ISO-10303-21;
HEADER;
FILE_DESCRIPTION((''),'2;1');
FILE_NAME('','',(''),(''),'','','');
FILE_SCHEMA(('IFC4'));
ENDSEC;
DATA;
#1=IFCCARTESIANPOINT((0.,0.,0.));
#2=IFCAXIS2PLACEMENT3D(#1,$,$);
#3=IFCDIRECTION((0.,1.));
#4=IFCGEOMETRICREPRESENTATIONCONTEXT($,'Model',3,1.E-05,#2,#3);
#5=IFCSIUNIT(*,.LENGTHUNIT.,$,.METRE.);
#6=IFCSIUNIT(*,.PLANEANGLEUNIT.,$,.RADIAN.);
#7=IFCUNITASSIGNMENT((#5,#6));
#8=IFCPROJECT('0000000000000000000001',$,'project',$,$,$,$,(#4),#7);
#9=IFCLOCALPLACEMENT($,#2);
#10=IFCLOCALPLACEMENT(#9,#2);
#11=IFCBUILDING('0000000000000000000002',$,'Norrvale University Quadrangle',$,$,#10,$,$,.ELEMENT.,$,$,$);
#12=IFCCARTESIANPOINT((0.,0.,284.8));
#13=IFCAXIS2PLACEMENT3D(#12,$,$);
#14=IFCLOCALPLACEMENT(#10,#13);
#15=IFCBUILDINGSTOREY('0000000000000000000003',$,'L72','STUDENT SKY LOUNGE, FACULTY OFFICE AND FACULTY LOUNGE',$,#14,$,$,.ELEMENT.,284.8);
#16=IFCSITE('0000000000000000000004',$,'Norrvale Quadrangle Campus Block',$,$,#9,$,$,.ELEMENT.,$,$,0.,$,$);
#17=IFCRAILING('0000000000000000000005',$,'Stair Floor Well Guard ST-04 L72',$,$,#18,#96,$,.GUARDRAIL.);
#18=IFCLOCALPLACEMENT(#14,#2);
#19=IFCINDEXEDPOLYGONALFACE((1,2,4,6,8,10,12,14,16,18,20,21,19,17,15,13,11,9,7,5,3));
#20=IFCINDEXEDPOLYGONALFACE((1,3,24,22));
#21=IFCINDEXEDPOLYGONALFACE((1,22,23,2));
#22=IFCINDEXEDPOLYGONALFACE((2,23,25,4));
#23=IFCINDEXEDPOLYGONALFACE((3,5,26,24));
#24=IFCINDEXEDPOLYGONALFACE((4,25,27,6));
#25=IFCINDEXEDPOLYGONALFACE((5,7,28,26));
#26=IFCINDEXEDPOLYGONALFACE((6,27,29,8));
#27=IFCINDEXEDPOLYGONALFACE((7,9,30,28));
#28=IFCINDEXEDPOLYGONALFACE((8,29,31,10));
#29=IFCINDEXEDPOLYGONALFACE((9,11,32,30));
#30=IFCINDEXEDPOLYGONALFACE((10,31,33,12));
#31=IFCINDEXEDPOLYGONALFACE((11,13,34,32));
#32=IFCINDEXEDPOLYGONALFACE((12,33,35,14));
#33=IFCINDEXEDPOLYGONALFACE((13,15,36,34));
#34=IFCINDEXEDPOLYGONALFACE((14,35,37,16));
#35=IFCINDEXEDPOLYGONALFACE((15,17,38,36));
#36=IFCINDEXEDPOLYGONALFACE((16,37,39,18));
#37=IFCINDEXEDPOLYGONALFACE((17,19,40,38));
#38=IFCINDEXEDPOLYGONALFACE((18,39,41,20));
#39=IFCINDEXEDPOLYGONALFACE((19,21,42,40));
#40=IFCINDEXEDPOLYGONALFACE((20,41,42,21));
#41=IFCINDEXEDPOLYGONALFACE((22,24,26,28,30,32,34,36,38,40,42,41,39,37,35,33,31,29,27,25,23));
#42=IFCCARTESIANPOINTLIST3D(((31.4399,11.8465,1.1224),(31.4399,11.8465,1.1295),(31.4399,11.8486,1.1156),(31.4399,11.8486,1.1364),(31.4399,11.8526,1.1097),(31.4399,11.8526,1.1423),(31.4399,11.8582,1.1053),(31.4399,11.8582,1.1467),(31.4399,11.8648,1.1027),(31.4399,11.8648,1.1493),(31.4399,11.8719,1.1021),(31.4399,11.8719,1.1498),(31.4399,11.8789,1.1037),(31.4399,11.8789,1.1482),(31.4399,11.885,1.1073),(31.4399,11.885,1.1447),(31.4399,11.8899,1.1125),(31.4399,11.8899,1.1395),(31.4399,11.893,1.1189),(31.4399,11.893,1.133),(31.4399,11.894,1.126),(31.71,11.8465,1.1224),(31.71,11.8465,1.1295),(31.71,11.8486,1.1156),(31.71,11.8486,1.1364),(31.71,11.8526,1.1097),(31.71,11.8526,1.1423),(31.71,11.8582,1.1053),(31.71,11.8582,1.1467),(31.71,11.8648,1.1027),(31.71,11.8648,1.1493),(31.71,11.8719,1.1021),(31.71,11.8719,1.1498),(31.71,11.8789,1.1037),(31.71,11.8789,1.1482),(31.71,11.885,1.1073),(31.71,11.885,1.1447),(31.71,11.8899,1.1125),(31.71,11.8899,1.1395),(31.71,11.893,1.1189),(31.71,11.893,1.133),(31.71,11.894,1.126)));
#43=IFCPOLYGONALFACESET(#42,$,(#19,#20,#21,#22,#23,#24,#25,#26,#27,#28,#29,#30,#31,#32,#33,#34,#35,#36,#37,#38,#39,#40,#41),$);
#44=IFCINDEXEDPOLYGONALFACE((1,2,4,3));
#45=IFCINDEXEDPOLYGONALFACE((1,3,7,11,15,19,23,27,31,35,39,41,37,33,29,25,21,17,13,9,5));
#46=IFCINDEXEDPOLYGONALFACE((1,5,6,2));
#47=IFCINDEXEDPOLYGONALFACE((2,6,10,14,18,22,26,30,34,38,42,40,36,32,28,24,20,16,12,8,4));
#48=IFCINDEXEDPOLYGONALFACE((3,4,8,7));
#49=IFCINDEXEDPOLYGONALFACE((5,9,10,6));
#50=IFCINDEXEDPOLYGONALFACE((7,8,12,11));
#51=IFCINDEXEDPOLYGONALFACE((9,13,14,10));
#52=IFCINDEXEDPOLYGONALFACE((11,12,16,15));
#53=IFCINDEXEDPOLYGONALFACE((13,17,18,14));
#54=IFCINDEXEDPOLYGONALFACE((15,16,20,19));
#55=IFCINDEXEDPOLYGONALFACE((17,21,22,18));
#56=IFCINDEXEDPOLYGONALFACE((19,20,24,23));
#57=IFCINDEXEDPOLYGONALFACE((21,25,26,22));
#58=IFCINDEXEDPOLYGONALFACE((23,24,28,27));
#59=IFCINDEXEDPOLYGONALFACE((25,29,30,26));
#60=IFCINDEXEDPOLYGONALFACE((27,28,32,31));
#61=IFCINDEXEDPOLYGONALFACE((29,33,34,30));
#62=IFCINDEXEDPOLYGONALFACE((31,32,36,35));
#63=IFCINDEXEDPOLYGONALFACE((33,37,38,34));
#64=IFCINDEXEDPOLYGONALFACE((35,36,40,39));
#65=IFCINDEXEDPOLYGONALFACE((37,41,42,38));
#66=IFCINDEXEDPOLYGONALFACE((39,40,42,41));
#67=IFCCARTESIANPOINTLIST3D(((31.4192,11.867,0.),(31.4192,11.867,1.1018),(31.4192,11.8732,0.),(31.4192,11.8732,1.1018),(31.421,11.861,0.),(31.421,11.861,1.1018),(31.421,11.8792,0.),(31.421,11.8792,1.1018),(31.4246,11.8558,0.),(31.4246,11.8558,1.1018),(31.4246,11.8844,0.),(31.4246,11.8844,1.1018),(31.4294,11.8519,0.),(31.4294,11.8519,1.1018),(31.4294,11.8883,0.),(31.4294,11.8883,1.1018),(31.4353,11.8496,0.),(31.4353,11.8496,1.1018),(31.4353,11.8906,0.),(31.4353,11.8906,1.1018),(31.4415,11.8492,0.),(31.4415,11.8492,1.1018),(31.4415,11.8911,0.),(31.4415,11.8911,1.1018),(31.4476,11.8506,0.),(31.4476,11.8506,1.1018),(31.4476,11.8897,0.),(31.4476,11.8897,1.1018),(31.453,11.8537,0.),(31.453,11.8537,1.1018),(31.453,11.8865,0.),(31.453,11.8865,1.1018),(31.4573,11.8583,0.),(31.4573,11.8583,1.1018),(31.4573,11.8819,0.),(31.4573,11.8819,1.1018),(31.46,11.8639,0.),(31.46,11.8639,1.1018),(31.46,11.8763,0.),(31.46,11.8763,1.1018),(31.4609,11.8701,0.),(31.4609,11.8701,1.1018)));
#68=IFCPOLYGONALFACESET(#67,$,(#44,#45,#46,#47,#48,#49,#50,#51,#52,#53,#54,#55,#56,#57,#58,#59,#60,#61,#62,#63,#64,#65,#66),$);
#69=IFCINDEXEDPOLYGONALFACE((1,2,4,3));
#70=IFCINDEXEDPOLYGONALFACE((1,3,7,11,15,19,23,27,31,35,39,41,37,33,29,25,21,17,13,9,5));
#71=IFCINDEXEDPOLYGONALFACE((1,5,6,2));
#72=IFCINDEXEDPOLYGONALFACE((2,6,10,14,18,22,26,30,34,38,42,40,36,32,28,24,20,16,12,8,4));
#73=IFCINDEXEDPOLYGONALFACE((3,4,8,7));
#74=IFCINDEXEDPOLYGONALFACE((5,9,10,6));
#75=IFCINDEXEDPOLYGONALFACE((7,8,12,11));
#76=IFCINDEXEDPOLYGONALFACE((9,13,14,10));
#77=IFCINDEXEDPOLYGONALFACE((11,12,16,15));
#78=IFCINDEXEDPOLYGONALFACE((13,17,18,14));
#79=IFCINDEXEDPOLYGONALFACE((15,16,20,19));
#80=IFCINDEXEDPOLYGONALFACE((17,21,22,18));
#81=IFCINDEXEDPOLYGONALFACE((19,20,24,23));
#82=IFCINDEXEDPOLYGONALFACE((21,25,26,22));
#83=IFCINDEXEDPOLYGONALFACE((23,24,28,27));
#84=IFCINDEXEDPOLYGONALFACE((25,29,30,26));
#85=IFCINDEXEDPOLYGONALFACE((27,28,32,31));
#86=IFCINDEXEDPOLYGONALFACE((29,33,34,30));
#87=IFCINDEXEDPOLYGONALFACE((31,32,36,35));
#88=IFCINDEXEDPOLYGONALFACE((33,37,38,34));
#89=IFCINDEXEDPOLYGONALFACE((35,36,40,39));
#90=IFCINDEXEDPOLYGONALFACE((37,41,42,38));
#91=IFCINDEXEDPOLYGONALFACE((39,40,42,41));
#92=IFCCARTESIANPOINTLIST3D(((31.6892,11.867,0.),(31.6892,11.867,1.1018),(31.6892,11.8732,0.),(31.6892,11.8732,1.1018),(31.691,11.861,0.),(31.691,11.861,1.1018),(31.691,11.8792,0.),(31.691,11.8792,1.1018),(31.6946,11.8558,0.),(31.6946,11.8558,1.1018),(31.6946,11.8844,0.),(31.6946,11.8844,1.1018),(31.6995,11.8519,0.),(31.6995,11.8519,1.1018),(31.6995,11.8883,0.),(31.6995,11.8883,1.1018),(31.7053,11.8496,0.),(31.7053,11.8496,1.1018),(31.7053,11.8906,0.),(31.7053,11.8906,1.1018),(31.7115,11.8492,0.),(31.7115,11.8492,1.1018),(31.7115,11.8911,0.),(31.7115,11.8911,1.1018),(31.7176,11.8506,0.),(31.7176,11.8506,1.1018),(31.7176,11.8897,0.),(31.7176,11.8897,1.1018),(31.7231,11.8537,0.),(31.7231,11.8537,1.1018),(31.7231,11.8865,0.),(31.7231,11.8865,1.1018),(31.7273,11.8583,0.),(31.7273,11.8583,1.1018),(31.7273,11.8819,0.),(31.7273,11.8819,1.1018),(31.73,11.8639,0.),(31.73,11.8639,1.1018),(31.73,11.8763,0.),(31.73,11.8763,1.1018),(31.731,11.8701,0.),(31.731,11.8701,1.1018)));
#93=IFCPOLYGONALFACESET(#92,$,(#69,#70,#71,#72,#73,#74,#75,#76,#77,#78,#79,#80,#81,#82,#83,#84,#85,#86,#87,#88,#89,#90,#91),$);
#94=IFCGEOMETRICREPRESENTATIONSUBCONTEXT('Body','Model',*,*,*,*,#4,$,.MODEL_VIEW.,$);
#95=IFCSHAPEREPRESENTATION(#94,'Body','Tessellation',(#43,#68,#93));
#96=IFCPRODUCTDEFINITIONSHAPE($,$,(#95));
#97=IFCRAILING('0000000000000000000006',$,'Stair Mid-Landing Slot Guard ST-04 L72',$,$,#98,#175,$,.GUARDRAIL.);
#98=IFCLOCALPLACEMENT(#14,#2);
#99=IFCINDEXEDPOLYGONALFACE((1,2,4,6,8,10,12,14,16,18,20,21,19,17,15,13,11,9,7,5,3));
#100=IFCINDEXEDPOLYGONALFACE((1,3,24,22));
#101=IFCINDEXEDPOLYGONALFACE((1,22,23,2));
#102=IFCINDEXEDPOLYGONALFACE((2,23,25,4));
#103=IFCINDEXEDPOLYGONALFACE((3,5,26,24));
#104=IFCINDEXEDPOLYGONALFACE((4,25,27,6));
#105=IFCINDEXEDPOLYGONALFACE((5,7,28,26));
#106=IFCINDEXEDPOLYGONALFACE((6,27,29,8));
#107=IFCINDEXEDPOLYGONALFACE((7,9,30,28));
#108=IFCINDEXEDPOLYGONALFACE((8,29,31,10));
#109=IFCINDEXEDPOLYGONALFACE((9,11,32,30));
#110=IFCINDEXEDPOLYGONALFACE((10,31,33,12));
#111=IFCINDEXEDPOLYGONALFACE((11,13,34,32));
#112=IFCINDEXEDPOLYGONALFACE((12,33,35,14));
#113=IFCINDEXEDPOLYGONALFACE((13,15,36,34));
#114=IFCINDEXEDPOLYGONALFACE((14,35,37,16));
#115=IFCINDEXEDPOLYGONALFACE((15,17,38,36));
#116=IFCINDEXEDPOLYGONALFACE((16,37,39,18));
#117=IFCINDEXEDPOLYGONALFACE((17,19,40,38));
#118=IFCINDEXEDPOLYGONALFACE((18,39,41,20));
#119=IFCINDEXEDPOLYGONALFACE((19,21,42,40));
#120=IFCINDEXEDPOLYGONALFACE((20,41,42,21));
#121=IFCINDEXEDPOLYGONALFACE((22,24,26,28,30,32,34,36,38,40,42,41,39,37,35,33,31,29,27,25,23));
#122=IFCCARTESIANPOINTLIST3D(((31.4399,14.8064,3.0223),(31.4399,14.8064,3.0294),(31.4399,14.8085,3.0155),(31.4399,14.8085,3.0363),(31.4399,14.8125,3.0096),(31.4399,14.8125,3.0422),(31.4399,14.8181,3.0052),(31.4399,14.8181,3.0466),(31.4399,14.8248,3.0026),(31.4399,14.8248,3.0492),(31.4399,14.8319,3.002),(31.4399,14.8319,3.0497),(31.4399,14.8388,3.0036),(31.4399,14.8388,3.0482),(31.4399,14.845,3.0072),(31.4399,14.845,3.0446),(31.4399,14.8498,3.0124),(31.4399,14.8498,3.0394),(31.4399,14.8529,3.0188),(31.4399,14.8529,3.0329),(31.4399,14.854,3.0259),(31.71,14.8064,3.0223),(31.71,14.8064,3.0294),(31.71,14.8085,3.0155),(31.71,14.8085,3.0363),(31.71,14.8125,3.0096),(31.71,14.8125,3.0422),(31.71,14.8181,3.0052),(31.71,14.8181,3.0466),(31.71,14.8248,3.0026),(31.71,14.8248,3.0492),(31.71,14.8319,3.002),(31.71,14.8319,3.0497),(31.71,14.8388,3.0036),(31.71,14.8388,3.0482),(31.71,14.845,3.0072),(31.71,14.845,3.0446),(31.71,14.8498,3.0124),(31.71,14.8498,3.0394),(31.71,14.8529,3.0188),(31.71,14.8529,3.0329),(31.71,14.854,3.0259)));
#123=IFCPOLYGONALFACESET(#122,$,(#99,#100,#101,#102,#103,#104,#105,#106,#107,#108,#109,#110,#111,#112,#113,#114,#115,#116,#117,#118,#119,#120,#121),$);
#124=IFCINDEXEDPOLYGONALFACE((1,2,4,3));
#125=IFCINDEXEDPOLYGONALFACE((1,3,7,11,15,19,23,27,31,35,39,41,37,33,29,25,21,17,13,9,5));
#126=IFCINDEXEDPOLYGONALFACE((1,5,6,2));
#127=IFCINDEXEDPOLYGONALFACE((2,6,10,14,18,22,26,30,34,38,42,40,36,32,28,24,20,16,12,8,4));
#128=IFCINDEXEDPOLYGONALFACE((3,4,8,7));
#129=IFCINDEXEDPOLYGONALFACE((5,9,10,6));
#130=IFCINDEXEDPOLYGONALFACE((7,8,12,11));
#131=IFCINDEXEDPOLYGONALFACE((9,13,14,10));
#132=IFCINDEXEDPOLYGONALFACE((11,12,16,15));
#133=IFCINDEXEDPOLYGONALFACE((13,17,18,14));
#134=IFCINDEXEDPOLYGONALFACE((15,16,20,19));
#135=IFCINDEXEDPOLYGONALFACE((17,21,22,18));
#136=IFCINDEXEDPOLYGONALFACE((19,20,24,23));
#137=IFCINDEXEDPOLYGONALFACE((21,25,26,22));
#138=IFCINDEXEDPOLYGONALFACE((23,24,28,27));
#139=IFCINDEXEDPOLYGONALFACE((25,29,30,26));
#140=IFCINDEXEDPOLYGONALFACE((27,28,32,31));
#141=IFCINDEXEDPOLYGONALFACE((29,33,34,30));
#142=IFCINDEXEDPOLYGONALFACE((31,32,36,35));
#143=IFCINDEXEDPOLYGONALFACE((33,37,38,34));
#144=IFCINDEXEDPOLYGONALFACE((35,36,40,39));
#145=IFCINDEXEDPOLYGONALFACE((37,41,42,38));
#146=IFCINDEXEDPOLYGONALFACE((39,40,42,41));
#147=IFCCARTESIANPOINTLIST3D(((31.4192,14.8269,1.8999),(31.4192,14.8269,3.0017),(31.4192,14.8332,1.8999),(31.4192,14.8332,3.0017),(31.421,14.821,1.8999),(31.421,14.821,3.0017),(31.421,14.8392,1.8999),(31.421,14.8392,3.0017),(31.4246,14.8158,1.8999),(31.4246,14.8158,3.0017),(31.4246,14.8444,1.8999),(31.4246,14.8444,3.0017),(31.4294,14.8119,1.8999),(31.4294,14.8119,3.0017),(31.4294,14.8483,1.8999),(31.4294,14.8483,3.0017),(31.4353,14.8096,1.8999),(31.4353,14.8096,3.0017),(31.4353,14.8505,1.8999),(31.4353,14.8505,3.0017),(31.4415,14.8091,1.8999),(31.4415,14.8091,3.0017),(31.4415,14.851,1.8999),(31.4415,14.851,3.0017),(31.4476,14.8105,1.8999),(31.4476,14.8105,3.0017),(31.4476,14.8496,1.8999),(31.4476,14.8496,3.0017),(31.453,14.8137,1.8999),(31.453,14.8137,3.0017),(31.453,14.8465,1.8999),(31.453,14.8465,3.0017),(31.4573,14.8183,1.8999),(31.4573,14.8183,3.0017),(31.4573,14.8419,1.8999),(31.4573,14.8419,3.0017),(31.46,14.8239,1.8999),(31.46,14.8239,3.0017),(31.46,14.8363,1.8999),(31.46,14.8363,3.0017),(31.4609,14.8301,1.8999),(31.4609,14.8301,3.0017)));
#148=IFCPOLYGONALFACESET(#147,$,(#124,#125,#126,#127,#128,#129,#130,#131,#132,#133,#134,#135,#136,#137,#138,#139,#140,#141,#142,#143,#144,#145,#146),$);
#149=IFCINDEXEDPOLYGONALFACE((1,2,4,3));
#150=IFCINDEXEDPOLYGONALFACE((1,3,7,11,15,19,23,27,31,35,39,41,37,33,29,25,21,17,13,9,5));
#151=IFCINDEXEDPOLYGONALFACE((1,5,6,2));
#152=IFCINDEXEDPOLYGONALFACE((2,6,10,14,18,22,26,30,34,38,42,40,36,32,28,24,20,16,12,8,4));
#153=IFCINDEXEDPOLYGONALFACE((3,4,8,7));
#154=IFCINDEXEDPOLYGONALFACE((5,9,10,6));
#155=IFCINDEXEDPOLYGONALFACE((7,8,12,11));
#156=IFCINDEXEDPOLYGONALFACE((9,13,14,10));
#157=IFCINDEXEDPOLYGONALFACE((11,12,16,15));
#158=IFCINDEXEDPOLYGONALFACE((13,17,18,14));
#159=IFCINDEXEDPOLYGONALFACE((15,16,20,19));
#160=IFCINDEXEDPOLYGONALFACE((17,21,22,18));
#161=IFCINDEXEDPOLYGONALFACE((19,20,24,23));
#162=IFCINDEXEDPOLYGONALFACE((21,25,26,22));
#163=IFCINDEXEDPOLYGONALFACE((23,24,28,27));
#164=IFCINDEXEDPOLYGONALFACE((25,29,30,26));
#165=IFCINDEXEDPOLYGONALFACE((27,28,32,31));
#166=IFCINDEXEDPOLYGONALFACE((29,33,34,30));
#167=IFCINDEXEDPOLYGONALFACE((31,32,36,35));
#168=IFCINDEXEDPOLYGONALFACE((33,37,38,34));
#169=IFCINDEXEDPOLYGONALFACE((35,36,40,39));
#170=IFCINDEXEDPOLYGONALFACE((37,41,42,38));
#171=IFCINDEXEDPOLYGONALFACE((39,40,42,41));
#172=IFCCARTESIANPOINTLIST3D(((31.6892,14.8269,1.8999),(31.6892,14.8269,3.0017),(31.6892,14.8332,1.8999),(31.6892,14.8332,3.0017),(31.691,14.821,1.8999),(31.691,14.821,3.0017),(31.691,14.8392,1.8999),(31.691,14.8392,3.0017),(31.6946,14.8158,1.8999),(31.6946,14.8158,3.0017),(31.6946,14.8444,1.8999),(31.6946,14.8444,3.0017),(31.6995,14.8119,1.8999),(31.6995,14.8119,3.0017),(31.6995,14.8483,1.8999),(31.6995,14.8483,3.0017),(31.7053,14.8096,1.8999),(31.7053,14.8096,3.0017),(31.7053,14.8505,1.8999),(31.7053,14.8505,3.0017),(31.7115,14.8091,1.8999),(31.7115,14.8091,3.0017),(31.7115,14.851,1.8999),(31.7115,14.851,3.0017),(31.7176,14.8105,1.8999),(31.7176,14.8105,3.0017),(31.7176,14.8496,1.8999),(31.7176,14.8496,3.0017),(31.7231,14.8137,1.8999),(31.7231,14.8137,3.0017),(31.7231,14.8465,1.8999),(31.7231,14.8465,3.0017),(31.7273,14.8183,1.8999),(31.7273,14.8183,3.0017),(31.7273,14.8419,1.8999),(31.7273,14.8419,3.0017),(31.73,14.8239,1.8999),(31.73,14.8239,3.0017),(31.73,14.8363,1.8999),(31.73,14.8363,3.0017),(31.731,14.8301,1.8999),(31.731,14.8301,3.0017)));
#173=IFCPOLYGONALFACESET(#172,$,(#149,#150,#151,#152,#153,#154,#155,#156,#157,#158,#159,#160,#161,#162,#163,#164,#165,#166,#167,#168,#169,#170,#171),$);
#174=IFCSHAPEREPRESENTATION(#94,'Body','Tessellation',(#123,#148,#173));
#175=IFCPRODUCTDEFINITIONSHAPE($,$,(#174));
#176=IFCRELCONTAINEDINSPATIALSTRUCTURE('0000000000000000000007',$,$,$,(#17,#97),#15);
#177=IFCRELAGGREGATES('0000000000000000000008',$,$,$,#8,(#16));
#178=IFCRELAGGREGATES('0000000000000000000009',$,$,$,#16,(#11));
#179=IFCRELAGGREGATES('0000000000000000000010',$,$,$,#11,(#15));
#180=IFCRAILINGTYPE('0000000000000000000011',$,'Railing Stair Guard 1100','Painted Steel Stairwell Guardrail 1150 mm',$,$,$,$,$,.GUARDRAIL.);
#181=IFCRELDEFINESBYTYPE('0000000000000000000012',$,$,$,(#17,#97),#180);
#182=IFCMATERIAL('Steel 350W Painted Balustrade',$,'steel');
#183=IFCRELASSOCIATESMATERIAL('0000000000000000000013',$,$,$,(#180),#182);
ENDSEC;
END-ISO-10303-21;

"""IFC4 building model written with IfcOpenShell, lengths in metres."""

from ifc_helpers import new_model, si_unit, direction, frame, origin, origin_2d, place, context, subcontext, project, spatial, circle, extrude, material, type_object, element, save


model = new_model("IFC4")

# Units and contexts
model_context = context("Model", 3, precision=1e-05, world=origin(), true_north=direction((0.0, 1.0)))
body_context = subcontext(model_context, "Body", "Model", "MODEL_VIEW")
ifc_project = project(units=[si_unit("LENGTHUNIT", "METRE"), si_unit("PLANEANGLEUNIT", "RADIAN")], contexts=[model_context])

# Site, building, storey
site_placement = place(None, origin())
site = spatial("IfcSite", under=ifc_project, at=site_placement, Name="Norrvale Quadrangle Campus Block", CompositionType="ELEMENT", RefElevation=0.0)
building_placement = place(site_placement, origin())
building = spatial("IfcBuilding", under=site, at=building_placement, Name="Norrvale University Quadrangle", CompositionType="ELEMENT")
storey_placement = place(building_placement, frame((0.0, 0.0, 284.8)))
storey = spatial("IfcBuildingStorey", under=building, at=storey_placement, Name="L72", Description="STUDENT SKY LOUNGE, FACULTY OFFICE AND FACULTY LOUNGE", CompositionType="ELEMENT", Elevation=284.8)

# Railings
ifc_material_1 = material(Name="Steel 350W Painted Balustrade", Category="steel")
railing_type_1 = type_object("IfcRailingType", Name="Railing Stair Guard 1100", Description="Painted Steel Stairwell Guardrail 1150 mm", PredefinedType="GUARDRAIL", material=ifc_material_1)
for number, where, name in (
    (1, (31.4399, 11.8701, 0.0), "Stair Floor Well Guard ST-04 L72"),
    (2, (31.4399, 14.8301, 1.8999), "Stair Mid-Landing Slot Guard ST-04 L72"),
):
    element("IfcRailing", number, at=place(storey_placement, frame(where)), inside=storey, type_object=railing_type_1, Name=name, PredefinedType="GUARDRAIL", context=body_context, shape_type="SweptSolid", body=[
        extrude(circle(Radius=0.0239, at=origin_2d()), frame((0.0, 0.0, 1.126), z_axis=(1.0, 0.0, 0.0), x_axis=(0.0, 1.0, 0.0)), (0.0, 0.0, 1.0), 0.27),
        extrude(circle(Radius=0.021, at=origin_2d()), origin(), (0.0, 0.0, 1.0), 1.1018),
        extrude(circle(Radius=0.021, at=origin_2d()), frame((0.27, 0.0, 0.0)), (0.0, 0.0, 1.0), 1.1018),
    ])

save(model, "model.ifc")
